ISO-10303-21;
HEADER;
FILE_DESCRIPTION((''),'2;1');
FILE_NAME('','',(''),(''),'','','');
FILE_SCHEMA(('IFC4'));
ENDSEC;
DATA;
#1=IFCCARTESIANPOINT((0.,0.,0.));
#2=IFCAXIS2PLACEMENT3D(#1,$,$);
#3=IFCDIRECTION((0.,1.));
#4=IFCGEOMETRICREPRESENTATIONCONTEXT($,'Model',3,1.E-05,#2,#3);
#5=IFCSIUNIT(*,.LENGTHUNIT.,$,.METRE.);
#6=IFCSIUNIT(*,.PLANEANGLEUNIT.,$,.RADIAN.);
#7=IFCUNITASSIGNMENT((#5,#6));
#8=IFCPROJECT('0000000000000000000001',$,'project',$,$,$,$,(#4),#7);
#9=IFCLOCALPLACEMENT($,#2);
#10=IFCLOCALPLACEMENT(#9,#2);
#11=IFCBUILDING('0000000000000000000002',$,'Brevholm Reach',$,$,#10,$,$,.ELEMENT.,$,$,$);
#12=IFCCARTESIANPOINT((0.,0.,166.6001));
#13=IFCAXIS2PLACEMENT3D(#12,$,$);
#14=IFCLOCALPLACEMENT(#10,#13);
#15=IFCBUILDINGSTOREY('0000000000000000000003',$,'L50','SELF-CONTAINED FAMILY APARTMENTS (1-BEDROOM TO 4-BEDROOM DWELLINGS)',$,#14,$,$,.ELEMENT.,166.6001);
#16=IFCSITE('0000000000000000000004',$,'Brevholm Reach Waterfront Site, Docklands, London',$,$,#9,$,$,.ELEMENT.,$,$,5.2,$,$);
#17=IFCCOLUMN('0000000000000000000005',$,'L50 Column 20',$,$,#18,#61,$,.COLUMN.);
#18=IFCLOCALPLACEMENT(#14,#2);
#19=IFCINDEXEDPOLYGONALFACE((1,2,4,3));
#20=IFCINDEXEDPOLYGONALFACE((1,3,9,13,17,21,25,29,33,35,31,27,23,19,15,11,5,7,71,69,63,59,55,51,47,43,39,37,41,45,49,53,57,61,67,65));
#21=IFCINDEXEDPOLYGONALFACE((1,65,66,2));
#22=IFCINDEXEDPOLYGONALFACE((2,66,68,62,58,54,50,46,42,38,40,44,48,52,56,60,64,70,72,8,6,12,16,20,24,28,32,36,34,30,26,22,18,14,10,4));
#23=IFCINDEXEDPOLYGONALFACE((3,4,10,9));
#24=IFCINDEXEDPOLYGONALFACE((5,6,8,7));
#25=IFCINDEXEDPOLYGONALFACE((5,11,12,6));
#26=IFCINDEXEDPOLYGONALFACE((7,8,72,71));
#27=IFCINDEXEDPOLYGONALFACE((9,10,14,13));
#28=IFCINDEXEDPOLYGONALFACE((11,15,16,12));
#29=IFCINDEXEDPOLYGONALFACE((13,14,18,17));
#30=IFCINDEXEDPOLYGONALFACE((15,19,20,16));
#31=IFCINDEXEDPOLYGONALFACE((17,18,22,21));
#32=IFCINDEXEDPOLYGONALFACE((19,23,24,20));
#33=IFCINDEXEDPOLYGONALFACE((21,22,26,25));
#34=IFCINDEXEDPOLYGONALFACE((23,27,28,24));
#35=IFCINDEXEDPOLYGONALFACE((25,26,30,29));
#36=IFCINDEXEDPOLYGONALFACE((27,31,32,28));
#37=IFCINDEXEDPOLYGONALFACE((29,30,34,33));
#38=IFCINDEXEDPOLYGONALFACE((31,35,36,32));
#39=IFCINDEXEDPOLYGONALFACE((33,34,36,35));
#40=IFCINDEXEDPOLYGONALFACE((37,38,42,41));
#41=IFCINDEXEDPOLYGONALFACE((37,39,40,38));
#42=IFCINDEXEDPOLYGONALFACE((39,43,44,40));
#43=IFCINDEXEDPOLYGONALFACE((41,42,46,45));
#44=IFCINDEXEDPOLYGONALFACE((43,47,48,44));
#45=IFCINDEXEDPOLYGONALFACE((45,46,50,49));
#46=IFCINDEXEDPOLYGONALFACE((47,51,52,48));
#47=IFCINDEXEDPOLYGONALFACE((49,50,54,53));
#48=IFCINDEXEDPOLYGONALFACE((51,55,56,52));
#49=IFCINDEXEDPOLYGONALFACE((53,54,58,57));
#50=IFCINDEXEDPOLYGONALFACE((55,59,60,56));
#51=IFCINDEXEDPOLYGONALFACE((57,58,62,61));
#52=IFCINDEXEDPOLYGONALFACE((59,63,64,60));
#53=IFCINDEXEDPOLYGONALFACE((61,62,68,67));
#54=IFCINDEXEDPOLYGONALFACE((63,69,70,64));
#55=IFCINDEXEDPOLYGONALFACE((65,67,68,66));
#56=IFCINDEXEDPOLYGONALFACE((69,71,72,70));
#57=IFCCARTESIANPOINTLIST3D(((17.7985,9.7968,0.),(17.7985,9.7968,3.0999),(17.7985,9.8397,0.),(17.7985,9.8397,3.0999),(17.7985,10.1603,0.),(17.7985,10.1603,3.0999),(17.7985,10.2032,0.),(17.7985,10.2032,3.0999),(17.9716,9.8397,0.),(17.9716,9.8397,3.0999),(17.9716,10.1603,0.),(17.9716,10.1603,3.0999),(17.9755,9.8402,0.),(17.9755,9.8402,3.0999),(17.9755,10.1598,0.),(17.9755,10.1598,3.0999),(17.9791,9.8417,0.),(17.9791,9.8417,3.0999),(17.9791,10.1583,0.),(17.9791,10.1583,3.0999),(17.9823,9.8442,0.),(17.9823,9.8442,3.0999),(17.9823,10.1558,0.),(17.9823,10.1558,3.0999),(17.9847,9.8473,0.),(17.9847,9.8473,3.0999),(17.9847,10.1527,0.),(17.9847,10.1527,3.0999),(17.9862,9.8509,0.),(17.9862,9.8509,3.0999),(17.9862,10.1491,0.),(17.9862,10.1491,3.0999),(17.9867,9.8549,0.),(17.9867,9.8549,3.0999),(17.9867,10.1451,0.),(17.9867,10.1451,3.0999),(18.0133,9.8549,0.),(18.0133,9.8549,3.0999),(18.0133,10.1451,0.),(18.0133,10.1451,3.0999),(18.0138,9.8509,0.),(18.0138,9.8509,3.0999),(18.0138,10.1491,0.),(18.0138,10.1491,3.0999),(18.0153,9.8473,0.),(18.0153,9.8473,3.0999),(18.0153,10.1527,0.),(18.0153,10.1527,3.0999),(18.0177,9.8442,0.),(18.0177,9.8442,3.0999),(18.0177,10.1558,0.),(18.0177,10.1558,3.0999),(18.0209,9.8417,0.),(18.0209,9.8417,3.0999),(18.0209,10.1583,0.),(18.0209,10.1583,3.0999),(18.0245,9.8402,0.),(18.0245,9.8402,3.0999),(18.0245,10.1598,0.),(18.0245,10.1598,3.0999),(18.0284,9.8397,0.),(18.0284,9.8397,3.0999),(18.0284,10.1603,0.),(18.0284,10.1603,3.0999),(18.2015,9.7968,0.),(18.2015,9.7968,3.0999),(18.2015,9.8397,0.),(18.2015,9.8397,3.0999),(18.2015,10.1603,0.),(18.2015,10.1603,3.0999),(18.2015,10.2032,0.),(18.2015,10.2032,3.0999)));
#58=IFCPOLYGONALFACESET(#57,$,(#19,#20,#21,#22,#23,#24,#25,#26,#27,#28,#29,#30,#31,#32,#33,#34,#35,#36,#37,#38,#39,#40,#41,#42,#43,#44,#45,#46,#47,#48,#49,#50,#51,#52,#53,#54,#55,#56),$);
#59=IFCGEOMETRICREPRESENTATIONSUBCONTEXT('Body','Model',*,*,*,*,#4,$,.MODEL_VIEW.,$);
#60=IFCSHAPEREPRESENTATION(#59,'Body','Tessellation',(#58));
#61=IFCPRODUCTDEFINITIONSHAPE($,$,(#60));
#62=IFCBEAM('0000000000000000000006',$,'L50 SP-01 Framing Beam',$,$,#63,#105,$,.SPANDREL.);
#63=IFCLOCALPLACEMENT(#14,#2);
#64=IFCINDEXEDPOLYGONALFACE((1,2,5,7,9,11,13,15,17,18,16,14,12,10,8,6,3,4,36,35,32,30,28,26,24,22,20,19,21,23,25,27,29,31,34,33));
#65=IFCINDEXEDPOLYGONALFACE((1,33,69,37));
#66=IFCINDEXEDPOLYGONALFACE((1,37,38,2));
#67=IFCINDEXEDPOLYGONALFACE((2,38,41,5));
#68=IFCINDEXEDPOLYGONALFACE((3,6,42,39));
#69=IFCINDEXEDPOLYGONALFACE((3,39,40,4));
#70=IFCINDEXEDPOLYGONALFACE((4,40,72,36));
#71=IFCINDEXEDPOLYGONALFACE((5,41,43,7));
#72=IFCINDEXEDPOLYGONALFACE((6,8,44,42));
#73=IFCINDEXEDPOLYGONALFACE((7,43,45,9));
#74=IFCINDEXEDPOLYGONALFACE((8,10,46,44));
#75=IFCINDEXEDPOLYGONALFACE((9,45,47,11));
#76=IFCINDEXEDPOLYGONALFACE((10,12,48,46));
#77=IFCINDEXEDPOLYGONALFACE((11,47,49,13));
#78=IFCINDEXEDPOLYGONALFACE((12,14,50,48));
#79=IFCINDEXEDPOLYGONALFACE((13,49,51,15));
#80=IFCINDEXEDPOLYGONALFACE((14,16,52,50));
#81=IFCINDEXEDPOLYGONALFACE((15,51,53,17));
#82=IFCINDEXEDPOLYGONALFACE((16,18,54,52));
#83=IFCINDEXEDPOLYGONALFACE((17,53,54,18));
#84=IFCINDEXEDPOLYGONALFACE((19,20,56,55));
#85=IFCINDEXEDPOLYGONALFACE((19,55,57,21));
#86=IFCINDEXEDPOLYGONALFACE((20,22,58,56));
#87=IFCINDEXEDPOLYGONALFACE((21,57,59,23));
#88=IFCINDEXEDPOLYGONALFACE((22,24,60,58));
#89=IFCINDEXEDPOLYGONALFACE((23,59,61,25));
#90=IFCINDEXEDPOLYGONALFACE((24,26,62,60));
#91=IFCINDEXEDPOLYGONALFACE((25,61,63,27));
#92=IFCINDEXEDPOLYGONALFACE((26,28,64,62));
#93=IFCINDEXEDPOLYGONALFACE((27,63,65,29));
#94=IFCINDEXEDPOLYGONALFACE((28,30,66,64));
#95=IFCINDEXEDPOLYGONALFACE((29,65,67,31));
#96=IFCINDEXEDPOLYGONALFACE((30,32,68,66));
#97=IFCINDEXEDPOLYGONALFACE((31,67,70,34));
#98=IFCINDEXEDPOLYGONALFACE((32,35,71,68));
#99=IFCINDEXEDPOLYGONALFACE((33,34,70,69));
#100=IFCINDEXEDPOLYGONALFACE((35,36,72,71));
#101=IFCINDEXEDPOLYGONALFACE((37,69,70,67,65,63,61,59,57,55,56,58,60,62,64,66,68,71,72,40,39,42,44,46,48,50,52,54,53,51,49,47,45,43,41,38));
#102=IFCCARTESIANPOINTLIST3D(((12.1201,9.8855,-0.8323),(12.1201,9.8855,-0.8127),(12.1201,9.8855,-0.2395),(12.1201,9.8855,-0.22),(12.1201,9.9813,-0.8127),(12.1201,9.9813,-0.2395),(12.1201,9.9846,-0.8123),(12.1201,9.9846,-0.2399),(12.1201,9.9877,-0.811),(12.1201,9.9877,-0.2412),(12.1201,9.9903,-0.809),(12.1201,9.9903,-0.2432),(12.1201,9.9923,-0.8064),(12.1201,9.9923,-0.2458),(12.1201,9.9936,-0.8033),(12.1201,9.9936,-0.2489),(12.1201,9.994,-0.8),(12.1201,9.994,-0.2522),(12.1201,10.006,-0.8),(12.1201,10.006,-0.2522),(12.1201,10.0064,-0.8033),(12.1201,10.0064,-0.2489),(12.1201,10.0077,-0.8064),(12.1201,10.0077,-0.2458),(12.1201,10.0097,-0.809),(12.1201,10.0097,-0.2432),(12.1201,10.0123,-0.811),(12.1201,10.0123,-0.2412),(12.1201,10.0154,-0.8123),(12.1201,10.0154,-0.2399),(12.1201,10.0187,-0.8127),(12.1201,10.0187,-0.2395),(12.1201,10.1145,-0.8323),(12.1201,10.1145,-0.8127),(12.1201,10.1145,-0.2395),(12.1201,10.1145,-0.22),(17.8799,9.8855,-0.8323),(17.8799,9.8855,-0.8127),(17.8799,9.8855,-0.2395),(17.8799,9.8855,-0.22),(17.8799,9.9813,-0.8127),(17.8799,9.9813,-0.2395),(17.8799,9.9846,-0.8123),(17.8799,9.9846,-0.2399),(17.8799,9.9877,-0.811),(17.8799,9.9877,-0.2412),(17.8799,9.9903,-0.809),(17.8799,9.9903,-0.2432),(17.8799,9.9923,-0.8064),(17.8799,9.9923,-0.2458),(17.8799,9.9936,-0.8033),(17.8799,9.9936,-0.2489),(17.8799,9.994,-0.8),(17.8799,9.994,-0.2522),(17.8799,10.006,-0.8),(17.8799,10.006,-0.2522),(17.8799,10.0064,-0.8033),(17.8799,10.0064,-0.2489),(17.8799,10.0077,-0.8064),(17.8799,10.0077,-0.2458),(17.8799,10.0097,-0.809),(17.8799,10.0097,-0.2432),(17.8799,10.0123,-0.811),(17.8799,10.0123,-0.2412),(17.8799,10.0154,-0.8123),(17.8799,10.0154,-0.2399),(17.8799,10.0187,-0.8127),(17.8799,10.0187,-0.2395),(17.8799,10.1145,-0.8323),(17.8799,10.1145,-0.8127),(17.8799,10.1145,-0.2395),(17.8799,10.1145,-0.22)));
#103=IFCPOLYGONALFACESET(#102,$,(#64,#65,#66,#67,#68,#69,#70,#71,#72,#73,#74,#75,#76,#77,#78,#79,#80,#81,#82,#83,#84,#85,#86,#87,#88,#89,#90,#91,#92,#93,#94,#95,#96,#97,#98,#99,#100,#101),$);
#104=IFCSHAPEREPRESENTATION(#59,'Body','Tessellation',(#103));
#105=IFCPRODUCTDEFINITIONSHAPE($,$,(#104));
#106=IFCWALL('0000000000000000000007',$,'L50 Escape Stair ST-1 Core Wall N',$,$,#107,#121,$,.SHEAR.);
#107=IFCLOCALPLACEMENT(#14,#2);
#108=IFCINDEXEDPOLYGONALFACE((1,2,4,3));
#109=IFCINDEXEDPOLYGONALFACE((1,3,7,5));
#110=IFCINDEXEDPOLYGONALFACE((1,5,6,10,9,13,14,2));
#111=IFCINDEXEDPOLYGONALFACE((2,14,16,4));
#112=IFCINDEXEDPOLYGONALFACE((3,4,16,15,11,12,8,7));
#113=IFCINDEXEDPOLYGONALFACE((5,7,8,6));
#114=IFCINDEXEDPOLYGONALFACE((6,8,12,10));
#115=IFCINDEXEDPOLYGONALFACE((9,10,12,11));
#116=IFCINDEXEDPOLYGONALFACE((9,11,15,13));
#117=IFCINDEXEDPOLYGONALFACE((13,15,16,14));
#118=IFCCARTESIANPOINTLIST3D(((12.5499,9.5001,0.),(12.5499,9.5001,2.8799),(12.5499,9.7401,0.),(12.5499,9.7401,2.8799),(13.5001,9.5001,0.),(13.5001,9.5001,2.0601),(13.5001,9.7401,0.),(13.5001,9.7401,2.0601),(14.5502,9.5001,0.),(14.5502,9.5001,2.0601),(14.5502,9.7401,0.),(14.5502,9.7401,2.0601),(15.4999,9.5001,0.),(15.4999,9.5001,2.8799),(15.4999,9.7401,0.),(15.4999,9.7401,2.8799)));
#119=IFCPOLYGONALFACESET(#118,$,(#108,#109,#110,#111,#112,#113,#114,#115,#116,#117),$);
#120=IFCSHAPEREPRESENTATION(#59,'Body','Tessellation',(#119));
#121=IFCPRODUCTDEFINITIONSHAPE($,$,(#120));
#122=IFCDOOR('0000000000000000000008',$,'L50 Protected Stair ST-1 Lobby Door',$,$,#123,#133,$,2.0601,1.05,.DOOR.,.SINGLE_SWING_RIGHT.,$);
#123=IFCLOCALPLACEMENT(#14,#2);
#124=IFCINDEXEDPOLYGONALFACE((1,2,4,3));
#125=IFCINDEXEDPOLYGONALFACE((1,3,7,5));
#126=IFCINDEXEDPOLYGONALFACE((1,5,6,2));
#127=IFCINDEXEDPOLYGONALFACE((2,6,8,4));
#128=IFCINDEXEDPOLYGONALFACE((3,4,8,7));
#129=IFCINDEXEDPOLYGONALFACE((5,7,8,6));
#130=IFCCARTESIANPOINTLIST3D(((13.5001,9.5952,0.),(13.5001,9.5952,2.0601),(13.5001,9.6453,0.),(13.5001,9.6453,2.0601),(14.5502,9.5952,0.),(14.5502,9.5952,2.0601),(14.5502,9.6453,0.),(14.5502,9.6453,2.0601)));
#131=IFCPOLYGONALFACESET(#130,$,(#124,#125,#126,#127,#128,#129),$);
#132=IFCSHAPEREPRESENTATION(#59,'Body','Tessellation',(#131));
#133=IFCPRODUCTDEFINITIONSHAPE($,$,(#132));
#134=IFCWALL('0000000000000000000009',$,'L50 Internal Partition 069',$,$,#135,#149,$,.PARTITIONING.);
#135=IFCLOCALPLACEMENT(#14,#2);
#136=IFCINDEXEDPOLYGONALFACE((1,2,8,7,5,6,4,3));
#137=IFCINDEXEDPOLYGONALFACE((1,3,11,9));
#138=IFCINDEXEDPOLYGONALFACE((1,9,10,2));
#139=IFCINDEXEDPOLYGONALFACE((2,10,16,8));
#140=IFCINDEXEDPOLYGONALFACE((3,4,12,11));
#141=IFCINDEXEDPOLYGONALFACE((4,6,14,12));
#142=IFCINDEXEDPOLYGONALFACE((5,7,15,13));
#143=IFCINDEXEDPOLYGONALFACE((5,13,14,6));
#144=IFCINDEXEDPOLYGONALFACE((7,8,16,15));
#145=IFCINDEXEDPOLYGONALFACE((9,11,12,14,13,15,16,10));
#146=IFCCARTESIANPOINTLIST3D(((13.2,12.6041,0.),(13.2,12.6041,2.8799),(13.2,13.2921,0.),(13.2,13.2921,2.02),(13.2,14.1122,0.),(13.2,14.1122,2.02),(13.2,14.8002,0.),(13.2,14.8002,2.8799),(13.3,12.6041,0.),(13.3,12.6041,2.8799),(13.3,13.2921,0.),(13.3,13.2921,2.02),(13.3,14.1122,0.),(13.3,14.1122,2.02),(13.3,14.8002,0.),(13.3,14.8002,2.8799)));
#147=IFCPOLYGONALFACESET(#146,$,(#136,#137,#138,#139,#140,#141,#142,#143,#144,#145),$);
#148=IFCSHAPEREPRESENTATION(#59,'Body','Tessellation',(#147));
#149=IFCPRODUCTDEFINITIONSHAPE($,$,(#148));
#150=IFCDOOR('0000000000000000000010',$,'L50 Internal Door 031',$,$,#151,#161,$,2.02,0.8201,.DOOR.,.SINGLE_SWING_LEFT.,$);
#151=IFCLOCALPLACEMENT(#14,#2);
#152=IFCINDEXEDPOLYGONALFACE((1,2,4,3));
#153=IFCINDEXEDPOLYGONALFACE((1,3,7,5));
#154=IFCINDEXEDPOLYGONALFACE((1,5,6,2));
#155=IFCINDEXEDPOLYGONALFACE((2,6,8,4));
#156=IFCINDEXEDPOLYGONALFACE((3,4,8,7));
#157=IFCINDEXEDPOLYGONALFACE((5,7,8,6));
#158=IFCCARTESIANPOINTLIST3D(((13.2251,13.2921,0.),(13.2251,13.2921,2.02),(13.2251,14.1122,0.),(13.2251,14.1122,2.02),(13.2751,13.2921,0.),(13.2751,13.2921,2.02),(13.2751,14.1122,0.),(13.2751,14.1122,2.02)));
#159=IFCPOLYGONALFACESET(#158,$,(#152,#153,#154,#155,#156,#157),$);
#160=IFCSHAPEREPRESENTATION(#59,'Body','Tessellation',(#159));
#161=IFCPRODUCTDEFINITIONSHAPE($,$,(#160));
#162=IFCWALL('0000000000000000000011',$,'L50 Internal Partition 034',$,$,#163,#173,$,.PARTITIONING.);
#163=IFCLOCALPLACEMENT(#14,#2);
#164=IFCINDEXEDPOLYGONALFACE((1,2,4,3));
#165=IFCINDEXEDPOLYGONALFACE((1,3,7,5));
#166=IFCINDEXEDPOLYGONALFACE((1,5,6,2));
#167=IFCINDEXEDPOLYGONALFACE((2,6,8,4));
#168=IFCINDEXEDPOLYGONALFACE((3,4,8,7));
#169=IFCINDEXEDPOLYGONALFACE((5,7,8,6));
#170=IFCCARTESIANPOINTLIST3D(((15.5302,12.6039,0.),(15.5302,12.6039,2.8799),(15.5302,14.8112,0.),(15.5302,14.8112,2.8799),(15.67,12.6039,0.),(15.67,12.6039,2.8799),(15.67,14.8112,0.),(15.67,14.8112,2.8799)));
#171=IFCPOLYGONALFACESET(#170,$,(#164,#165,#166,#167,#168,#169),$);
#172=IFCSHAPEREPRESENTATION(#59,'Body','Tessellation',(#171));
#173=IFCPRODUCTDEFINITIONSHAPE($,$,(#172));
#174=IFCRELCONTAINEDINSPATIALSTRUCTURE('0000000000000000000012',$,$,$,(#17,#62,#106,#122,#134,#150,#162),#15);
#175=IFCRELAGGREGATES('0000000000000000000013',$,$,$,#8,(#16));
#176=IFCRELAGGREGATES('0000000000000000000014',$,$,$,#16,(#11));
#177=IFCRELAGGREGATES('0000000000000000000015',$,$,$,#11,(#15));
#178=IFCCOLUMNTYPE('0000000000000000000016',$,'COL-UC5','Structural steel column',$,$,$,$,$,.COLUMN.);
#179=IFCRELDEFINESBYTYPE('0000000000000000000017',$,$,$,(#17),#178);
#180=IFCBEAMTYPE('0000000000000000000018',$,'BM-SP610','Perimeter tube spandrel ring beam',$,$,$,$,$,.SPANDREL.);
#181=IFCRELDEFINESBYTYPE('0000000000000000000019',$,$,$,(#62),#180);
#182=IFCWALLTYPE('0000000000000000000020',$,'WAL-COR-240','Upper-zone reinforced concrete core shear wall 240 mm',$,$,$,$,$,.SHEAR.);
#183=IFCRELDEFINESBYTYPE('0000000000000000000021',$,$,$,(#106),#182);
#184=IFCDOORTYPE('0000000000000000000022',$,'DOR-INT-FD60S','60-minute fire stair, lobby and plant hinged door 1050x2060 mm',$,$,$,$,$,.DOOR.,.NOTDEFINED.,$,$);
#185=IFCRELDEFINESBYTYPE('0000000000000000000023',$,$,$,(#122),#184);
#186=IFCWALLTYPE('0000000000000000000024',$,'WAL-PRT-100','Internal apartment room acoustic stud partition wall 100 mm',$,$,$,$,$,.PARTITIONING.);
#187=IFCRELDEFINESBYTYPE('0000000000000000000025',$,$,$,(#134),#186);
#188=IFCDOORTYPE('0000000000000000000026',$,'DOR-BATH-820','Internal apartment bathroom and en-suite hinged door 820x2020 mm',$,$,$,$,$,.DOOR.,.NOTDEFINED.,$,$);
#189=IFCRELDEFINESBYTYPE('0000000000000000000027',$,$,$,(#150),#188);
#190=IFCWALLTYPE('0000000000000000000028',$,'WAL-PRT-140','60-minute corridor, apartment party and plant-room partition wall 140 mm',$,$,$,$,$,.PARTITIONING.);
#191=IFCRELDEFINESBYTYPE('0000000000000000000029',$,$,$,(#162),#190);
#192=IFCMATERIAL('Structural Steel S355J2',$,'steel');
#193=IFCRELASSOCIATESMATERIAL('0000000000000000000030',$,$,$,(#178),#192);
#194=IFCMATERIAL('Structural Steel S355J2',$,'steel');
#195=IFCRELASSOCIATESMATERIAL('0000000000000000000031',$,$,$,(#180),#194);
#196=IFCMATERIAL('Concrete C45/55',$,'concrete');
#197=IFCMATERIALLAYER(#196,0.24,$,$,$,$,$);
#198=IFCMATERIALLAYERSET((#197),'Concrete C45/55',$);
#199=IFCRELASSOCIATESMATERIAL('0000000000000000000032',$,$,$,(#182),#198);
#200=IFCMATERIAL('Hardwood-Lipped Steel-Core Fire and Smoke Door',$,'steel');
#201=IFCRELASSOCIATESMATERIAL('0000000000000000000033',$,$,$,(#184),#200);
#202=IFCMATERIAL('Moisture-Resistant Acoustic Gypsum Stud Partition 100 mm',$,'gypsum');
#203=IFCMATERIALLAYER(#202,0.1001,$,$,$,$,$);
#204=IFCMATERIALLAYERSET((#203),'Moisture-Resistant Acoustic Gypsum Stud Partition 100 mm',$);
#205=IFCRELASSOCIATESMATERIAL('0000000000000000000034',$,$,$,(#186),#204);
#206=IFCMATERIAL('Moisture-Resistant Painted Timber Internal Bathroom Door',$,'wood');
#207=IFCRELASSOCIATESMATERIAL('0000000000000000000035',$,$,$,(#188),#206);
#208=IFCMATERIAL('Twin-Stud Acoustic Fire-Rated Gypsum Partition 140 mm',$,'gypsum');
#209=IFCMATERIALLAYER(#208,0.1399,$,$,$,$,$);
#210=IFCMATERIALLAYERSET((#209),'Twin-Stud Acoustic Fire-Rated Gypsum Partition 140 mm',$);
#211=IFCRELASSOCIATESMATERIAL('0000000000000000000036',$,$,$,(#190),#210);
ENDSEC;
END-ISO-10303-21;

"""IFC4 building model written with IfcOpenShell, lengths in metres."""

from ifc_helpers import new_model, si_unit, direction, frame, frame_2d, origin, origin_2d, place, context, subcontext, project, spatial, rectangle, i_section, extrude, material, layer, layer_set, material_profile, profile_set, type_object, element, fill, save


model = new_model("IFC4")

# Units and contexts
model_context = context("Model", 3, precision=1e-05, world=origin(), true_north=direction((0.0, 1.0)))
body_context = subcontext(model_context, "Body", "Model", "MODEL_VIEW")
ifc_project = project(units=[si_unit("LENGTHUNIT", "METRE"), si_unit("PLANEANGLEUNIT", "RADIAN")], contexts=[model_context])

# Site, building, storey
site_placement = place(None, origin())
site = spatial("IfcSite", under=ifc_project, at=site_placement, Name="Brevholm Reach Waterfront Site, Docklands, London", CompositionType="ELEMENT", RefElevation=5.2)
building_placement = place(site_placement, origin())
building = spatial("IfcBuilding", under=site, at=building_placement, Name="Brevholm Reach", CompositionType="ELEMENT")
storey_placement = place(building_placement, frame((0.0, 0.0, 166.6001)))
storey = spatial("IfcBuildingStorey", under=building, at=storey_placement, Name="L50", Description="SELF-CONTAINED FAMILY APARTMENTS (1-BEDROOM TO 4-BEDROOM DWELLINGS)", CompositionType="ELEMENT", Elevation=166.6001)

# Column
ifc_material_1 = material(Name="Structural Steel S355J2", Category="steel")
ifc_material_profile_1 = material_profile(ifc_material_1, i_section(OverallWidth=0.4031, OverallDepth=0.4065, WebThickness=0.0266, FlangeThickness=0.043, FilletRadius=0.0151, at=origin_2d()), Name="UKC 356x406x340")
ifc_profile_set_1 = profile_set([ifc_material_profile_1], Name="Structural Steel S355J2")
column_type = type_object("IfcColumnType", Name="COL-UC5", Description="Structural steel column", PredefinedType="COLUMN", material=ifc_profile_set_1)
column_placement = place(storey_placement, frame((18.0, 10.0, 0.0), z_axis=(0.0, 0.0, 1.0), x_axis=(1.0, 0.0, 0.0)))
element("IfcColumn", 1, at=column_placement, inside=storey, type_object=column_type, Name="L50 Column 20", PredefinedType="COLUMN", context=body_context, shape_type="SweptSolid", body=[
    extrude(i_section(OverallWidth=0.4031, OverallDepth=0.4065, WebThickness=0.0266, FlangeThickness=0.043, FilletRadius=0.0151, at=origin_2d()), origin(), (0.0, 0.0, 1.0), 3.0999),
])

# Beam
ifc_material_2 = material(Name="Structural Steel S355J2", Category="steel")
ifc_material_profile_2 = material_profile(ifc_material_2, i_section(OverallWidth=0.229, OverallDepth=0.6123, WebThickness=0.012, FlangeThickness=0.0195, FilletRadius=0.0127, at=origin_2d()), Name="UKB 610x229x125")
ifc_profile_set_2 = profile_set([ifc_material_profile_2], Name="Structural Steel S355J2")
beam_type = type_object("IfcBeamType", Name="BM-SP610", Description="Perimeter tube spandrel ring beam", PredefinedType="SPANDREL", material=ifc_profile_set_2)
beam_placement = place(storey_placement, frame((12.1201, 10.0, -0.5261), z_axis=(1.0, 0.0, 0.0), x_axis=(0.0, 1.0, 0.0)))
element("IfcBeam", 2, at=beam_placement, inside=storey, type_object=beam_type, Name="L50 SP-01 Framing Beam", PredefinedType="SPANDREL", context=body_context, shape_type="SweptSolid", body=[
    extrude(i_section(OverallWidth=0.229, OverallDepth=0.6123, WebThickness=0.012, FlangeThickness=0.0195, FilletRadius=0.0127, at=origin_2d()), origin(), (0.0, 0.0, 1.0), 5.7598),
])

# Walls, openings, doors
ifc_material_3 = material(Name="Concrete C45/55", Category="concrete")
ifc_layer_1 = layer(ifc_material_3, 0.24)
ifc_layer_set_1 = layer_set([ifc_layer_1], Name="Concrete C45/55")
wall_type_1 = type_object("IfcWallType", Name="WAL-COR-240", Description="Upper-zone reinforced concrete core shear wall 240 mm", PredefinedType="SHEAR", material=ifc_layer_set_1)
wall_1_placement = place(storey_placement, frame((15.5, 9.6201, 0.0), z_axis=(0.0, 0.0, 1.0), x_axis=(-1.0, 0.0, 0.0)))
wall_1 = element("IfcWall", 3, at=wall_1_placement, inside=storey, type_object=wall_type_1, Name="L50 Escape Stair ST-1 Core Wall N", PredefinedType="SHEAR", context=body_context, shape_type="SweptSolid", body=[
    extrude(rectangle(XDim=2.95, YDim=0.24, at=frame_2d((1.4751, 0.0))), origin(), (0.0, 0.0, 1.0), 2.8799),
])
opening_1_placement = place(wall_1_placement, frame((0.95, 0.0, 0.0)))
opening_1 = element("IfcOpeningElement", 4, at=opening_1_placement, cuts=wall_1, PredefinedType="OPENING", context=body_context, shape_type="SweptSolid", body=[
    extrude(rectangle(XDim=1.05, YDim=2.0601, at=frame_2d((0.5249, 1.03))), frame((0.0, 0.1299, 0.0), z_axis=(0.0, -1.0, 0.0), x_axis=(1.0, 0.0, 0.0)), (0.0, 0.0, 1.0), 0.26),
])
ifc_material_4 = material(Name="Hardwood-Lipped Steel-Core Fire and Smoke Door", Category="steel")
door_type_1 = type_object("IfcDoorType", Name="DOR-INT-FD60S", Description="60-minute fire stair, lobby and plant hinged door 1050x2060 mm", OperationType="NOTDEFINED", PredefinedType="DOOR", material=ifc_material_4)
door_1_placement = place(opening_1_placement, origin())
door_1 = element("IfcDoor", 5, at=door_1_placement, inside=storey, type_object=door_type_1, Name="L50 Protected Stair ST-1 Lobby Door", OperationType="SINGLE_SWING_RIGHT", OverallHeight=2.0601, OverallWidth=1.05, PredefinedType="DOOR", context=body_context, shape_type="SweptSolid", body=[
    extrude(rectangle(XDim=1.05, YDim=2.0601, at=frame_2d((0.5249, 1.03))), frame((0.0, 0.0249, 0.0), z_axis=(0.0, -1.0, 0.0), x_axis=(1.0, 0.0, 0.0)), (0.0, 0.0, 1.0), 0.05),
])
fill(opening_1, door_1)
ifc_material_5 = material(Name="Moisture-Resistant Acoustic Gypsum Stud Partition 100 mm", Category="gypsum")
ifc_layer_2 = layer(ifc_material_5, 0.1001)
ifc_layer_set_2 = layer_set([ifc_layer_2], Name="Moisture-Resistant Acoustic Gypsum Stud Partition 100 mm")
wall_type_2 = type_object("IfcWallType", Name="WAL-PRT-100", Description="Internal apartment room acoustic stud partition wall 100 mm", PredefinedType="PARTITIONING", material=ifc_layer_set_2)
wall_2_placement = place(storey_placement, frame((13.25, 12.604, 0.0), z_axis=(0.0, 0.0, 1.0), x_axis=(0.0, 1.0, 0.0)))
wall_2 = element("IfcWall", 6, at=wall_2_placement, inside=storey, type_object=wall_type_2, Name="L50 Internal Partition 069", PredefinedType="PARTITIONING", context=body_context, shape_type="SweptSolid", body=[
    extrude(rectangle(XDim=2.196, YDim=0.1001, at=frame_2d((1.0981, 0.0))), origin(), (0.0, 0.0, 1.0), 2.8799),
])
opening_2_placement = place(wall_2_placement, frame((0.688, 0.0, 0.0)))
opening_2 = element("IfcOpeningElement", 7, at=opening_2_placement, cuts=wall_2, PredefinedType="OPENING", context=body_context, shape_type="SweptSolid", body=[
    extrude(rectangle(XDim=0.8201, YDim=2.02, at=frame_2d((0.4102, 1.01))), frame((0.0, 0.0601, 0.0), z_axis=(0.0, -1.0, 0.0), x_axis=(1.0, 0.0, 0.0)), (0.0, 0.0, 1.0), 0.1201),
])
ifc_material_6 = material(Name="Moisture-Resistant Painted Timber Internal Bathroom Door", Category="wood")
door_type_2 = type_object("IfcDoorType", Name="DOR-BATH-820", Description="Internal apartment bathroom and en-suite hinged door 820x2020 mm", OperationType="NOTDEFINED", PredefinedType="DOOR", material=ifc_material_6)
door_2_placement = place(opening_2_placement, origin())
door_2 = element("IfcDoor", 8, at=door_2_placement, inside=storey, type_object=door_type_2, Name="L50 Internal Door 031", OperationType="SINGLE_SWING_LEFT", OverallHeight=2.02, OverallWidth=0.8201, PredefinedType="DOOR", context=body_context, shape_type="SweptSolid", body=[
    extrude(rectangle(XDim=0.8201, YDim=2.02, at=frame_2d((0.4102, 1.01))), frame((0.0, 0.0249, 0.0), z_axis=(0.0, -1.0, 0.0), x_axis=(1.0, 0.0, 0.0)), (0.0, 0.0, 1.0), 0.05),
])
fill(opening_2, door_2)

# Wall
ifc_material_7 = material(Name="Twin-Stud Acoustic Fire-Rated Gypsum Partition 140 mm", Category="gypsum")
ifc_layer_3 = layer(ifc_material_7, 0.1399)
ifc_layer_set_3 = layer_set([ifc_layer_3], Name="Twin-Stud Acoustic Fire-Rated Gypsum Partition 140 mm")
wall_type_3 = type_object("IfcWallType", Name="WAL-PRT-140", Description="60-minute corridor, apartment party and plant-room partition wall 140 mm", PredefinedType="PARTITIONING", material=ifc_layer_set_3)
wall_3_placement = place(storey_placement, frame((15.6001, 12.604, 0.0), z_axis=(0.0, 0.0, 1.0), x_axis=(0.0, 1.0, 0.0)))
element("IfcWall", 9, at=wall_3_placement, inside=storey, type_object=wall_type_3, Name="L50 Internal Partition 034", PredefinedType="PARTITIONING", context=body_context, shape_type="SweptSolid", body=[
    extrude(rectangle(XDim=2.2073, YDim=0.1399, at=frame_2d((1.1035, 0.0))), origin(), (0.0, 0.0, 1.0), 2.8799),
])

save(model, "model.ifc")
